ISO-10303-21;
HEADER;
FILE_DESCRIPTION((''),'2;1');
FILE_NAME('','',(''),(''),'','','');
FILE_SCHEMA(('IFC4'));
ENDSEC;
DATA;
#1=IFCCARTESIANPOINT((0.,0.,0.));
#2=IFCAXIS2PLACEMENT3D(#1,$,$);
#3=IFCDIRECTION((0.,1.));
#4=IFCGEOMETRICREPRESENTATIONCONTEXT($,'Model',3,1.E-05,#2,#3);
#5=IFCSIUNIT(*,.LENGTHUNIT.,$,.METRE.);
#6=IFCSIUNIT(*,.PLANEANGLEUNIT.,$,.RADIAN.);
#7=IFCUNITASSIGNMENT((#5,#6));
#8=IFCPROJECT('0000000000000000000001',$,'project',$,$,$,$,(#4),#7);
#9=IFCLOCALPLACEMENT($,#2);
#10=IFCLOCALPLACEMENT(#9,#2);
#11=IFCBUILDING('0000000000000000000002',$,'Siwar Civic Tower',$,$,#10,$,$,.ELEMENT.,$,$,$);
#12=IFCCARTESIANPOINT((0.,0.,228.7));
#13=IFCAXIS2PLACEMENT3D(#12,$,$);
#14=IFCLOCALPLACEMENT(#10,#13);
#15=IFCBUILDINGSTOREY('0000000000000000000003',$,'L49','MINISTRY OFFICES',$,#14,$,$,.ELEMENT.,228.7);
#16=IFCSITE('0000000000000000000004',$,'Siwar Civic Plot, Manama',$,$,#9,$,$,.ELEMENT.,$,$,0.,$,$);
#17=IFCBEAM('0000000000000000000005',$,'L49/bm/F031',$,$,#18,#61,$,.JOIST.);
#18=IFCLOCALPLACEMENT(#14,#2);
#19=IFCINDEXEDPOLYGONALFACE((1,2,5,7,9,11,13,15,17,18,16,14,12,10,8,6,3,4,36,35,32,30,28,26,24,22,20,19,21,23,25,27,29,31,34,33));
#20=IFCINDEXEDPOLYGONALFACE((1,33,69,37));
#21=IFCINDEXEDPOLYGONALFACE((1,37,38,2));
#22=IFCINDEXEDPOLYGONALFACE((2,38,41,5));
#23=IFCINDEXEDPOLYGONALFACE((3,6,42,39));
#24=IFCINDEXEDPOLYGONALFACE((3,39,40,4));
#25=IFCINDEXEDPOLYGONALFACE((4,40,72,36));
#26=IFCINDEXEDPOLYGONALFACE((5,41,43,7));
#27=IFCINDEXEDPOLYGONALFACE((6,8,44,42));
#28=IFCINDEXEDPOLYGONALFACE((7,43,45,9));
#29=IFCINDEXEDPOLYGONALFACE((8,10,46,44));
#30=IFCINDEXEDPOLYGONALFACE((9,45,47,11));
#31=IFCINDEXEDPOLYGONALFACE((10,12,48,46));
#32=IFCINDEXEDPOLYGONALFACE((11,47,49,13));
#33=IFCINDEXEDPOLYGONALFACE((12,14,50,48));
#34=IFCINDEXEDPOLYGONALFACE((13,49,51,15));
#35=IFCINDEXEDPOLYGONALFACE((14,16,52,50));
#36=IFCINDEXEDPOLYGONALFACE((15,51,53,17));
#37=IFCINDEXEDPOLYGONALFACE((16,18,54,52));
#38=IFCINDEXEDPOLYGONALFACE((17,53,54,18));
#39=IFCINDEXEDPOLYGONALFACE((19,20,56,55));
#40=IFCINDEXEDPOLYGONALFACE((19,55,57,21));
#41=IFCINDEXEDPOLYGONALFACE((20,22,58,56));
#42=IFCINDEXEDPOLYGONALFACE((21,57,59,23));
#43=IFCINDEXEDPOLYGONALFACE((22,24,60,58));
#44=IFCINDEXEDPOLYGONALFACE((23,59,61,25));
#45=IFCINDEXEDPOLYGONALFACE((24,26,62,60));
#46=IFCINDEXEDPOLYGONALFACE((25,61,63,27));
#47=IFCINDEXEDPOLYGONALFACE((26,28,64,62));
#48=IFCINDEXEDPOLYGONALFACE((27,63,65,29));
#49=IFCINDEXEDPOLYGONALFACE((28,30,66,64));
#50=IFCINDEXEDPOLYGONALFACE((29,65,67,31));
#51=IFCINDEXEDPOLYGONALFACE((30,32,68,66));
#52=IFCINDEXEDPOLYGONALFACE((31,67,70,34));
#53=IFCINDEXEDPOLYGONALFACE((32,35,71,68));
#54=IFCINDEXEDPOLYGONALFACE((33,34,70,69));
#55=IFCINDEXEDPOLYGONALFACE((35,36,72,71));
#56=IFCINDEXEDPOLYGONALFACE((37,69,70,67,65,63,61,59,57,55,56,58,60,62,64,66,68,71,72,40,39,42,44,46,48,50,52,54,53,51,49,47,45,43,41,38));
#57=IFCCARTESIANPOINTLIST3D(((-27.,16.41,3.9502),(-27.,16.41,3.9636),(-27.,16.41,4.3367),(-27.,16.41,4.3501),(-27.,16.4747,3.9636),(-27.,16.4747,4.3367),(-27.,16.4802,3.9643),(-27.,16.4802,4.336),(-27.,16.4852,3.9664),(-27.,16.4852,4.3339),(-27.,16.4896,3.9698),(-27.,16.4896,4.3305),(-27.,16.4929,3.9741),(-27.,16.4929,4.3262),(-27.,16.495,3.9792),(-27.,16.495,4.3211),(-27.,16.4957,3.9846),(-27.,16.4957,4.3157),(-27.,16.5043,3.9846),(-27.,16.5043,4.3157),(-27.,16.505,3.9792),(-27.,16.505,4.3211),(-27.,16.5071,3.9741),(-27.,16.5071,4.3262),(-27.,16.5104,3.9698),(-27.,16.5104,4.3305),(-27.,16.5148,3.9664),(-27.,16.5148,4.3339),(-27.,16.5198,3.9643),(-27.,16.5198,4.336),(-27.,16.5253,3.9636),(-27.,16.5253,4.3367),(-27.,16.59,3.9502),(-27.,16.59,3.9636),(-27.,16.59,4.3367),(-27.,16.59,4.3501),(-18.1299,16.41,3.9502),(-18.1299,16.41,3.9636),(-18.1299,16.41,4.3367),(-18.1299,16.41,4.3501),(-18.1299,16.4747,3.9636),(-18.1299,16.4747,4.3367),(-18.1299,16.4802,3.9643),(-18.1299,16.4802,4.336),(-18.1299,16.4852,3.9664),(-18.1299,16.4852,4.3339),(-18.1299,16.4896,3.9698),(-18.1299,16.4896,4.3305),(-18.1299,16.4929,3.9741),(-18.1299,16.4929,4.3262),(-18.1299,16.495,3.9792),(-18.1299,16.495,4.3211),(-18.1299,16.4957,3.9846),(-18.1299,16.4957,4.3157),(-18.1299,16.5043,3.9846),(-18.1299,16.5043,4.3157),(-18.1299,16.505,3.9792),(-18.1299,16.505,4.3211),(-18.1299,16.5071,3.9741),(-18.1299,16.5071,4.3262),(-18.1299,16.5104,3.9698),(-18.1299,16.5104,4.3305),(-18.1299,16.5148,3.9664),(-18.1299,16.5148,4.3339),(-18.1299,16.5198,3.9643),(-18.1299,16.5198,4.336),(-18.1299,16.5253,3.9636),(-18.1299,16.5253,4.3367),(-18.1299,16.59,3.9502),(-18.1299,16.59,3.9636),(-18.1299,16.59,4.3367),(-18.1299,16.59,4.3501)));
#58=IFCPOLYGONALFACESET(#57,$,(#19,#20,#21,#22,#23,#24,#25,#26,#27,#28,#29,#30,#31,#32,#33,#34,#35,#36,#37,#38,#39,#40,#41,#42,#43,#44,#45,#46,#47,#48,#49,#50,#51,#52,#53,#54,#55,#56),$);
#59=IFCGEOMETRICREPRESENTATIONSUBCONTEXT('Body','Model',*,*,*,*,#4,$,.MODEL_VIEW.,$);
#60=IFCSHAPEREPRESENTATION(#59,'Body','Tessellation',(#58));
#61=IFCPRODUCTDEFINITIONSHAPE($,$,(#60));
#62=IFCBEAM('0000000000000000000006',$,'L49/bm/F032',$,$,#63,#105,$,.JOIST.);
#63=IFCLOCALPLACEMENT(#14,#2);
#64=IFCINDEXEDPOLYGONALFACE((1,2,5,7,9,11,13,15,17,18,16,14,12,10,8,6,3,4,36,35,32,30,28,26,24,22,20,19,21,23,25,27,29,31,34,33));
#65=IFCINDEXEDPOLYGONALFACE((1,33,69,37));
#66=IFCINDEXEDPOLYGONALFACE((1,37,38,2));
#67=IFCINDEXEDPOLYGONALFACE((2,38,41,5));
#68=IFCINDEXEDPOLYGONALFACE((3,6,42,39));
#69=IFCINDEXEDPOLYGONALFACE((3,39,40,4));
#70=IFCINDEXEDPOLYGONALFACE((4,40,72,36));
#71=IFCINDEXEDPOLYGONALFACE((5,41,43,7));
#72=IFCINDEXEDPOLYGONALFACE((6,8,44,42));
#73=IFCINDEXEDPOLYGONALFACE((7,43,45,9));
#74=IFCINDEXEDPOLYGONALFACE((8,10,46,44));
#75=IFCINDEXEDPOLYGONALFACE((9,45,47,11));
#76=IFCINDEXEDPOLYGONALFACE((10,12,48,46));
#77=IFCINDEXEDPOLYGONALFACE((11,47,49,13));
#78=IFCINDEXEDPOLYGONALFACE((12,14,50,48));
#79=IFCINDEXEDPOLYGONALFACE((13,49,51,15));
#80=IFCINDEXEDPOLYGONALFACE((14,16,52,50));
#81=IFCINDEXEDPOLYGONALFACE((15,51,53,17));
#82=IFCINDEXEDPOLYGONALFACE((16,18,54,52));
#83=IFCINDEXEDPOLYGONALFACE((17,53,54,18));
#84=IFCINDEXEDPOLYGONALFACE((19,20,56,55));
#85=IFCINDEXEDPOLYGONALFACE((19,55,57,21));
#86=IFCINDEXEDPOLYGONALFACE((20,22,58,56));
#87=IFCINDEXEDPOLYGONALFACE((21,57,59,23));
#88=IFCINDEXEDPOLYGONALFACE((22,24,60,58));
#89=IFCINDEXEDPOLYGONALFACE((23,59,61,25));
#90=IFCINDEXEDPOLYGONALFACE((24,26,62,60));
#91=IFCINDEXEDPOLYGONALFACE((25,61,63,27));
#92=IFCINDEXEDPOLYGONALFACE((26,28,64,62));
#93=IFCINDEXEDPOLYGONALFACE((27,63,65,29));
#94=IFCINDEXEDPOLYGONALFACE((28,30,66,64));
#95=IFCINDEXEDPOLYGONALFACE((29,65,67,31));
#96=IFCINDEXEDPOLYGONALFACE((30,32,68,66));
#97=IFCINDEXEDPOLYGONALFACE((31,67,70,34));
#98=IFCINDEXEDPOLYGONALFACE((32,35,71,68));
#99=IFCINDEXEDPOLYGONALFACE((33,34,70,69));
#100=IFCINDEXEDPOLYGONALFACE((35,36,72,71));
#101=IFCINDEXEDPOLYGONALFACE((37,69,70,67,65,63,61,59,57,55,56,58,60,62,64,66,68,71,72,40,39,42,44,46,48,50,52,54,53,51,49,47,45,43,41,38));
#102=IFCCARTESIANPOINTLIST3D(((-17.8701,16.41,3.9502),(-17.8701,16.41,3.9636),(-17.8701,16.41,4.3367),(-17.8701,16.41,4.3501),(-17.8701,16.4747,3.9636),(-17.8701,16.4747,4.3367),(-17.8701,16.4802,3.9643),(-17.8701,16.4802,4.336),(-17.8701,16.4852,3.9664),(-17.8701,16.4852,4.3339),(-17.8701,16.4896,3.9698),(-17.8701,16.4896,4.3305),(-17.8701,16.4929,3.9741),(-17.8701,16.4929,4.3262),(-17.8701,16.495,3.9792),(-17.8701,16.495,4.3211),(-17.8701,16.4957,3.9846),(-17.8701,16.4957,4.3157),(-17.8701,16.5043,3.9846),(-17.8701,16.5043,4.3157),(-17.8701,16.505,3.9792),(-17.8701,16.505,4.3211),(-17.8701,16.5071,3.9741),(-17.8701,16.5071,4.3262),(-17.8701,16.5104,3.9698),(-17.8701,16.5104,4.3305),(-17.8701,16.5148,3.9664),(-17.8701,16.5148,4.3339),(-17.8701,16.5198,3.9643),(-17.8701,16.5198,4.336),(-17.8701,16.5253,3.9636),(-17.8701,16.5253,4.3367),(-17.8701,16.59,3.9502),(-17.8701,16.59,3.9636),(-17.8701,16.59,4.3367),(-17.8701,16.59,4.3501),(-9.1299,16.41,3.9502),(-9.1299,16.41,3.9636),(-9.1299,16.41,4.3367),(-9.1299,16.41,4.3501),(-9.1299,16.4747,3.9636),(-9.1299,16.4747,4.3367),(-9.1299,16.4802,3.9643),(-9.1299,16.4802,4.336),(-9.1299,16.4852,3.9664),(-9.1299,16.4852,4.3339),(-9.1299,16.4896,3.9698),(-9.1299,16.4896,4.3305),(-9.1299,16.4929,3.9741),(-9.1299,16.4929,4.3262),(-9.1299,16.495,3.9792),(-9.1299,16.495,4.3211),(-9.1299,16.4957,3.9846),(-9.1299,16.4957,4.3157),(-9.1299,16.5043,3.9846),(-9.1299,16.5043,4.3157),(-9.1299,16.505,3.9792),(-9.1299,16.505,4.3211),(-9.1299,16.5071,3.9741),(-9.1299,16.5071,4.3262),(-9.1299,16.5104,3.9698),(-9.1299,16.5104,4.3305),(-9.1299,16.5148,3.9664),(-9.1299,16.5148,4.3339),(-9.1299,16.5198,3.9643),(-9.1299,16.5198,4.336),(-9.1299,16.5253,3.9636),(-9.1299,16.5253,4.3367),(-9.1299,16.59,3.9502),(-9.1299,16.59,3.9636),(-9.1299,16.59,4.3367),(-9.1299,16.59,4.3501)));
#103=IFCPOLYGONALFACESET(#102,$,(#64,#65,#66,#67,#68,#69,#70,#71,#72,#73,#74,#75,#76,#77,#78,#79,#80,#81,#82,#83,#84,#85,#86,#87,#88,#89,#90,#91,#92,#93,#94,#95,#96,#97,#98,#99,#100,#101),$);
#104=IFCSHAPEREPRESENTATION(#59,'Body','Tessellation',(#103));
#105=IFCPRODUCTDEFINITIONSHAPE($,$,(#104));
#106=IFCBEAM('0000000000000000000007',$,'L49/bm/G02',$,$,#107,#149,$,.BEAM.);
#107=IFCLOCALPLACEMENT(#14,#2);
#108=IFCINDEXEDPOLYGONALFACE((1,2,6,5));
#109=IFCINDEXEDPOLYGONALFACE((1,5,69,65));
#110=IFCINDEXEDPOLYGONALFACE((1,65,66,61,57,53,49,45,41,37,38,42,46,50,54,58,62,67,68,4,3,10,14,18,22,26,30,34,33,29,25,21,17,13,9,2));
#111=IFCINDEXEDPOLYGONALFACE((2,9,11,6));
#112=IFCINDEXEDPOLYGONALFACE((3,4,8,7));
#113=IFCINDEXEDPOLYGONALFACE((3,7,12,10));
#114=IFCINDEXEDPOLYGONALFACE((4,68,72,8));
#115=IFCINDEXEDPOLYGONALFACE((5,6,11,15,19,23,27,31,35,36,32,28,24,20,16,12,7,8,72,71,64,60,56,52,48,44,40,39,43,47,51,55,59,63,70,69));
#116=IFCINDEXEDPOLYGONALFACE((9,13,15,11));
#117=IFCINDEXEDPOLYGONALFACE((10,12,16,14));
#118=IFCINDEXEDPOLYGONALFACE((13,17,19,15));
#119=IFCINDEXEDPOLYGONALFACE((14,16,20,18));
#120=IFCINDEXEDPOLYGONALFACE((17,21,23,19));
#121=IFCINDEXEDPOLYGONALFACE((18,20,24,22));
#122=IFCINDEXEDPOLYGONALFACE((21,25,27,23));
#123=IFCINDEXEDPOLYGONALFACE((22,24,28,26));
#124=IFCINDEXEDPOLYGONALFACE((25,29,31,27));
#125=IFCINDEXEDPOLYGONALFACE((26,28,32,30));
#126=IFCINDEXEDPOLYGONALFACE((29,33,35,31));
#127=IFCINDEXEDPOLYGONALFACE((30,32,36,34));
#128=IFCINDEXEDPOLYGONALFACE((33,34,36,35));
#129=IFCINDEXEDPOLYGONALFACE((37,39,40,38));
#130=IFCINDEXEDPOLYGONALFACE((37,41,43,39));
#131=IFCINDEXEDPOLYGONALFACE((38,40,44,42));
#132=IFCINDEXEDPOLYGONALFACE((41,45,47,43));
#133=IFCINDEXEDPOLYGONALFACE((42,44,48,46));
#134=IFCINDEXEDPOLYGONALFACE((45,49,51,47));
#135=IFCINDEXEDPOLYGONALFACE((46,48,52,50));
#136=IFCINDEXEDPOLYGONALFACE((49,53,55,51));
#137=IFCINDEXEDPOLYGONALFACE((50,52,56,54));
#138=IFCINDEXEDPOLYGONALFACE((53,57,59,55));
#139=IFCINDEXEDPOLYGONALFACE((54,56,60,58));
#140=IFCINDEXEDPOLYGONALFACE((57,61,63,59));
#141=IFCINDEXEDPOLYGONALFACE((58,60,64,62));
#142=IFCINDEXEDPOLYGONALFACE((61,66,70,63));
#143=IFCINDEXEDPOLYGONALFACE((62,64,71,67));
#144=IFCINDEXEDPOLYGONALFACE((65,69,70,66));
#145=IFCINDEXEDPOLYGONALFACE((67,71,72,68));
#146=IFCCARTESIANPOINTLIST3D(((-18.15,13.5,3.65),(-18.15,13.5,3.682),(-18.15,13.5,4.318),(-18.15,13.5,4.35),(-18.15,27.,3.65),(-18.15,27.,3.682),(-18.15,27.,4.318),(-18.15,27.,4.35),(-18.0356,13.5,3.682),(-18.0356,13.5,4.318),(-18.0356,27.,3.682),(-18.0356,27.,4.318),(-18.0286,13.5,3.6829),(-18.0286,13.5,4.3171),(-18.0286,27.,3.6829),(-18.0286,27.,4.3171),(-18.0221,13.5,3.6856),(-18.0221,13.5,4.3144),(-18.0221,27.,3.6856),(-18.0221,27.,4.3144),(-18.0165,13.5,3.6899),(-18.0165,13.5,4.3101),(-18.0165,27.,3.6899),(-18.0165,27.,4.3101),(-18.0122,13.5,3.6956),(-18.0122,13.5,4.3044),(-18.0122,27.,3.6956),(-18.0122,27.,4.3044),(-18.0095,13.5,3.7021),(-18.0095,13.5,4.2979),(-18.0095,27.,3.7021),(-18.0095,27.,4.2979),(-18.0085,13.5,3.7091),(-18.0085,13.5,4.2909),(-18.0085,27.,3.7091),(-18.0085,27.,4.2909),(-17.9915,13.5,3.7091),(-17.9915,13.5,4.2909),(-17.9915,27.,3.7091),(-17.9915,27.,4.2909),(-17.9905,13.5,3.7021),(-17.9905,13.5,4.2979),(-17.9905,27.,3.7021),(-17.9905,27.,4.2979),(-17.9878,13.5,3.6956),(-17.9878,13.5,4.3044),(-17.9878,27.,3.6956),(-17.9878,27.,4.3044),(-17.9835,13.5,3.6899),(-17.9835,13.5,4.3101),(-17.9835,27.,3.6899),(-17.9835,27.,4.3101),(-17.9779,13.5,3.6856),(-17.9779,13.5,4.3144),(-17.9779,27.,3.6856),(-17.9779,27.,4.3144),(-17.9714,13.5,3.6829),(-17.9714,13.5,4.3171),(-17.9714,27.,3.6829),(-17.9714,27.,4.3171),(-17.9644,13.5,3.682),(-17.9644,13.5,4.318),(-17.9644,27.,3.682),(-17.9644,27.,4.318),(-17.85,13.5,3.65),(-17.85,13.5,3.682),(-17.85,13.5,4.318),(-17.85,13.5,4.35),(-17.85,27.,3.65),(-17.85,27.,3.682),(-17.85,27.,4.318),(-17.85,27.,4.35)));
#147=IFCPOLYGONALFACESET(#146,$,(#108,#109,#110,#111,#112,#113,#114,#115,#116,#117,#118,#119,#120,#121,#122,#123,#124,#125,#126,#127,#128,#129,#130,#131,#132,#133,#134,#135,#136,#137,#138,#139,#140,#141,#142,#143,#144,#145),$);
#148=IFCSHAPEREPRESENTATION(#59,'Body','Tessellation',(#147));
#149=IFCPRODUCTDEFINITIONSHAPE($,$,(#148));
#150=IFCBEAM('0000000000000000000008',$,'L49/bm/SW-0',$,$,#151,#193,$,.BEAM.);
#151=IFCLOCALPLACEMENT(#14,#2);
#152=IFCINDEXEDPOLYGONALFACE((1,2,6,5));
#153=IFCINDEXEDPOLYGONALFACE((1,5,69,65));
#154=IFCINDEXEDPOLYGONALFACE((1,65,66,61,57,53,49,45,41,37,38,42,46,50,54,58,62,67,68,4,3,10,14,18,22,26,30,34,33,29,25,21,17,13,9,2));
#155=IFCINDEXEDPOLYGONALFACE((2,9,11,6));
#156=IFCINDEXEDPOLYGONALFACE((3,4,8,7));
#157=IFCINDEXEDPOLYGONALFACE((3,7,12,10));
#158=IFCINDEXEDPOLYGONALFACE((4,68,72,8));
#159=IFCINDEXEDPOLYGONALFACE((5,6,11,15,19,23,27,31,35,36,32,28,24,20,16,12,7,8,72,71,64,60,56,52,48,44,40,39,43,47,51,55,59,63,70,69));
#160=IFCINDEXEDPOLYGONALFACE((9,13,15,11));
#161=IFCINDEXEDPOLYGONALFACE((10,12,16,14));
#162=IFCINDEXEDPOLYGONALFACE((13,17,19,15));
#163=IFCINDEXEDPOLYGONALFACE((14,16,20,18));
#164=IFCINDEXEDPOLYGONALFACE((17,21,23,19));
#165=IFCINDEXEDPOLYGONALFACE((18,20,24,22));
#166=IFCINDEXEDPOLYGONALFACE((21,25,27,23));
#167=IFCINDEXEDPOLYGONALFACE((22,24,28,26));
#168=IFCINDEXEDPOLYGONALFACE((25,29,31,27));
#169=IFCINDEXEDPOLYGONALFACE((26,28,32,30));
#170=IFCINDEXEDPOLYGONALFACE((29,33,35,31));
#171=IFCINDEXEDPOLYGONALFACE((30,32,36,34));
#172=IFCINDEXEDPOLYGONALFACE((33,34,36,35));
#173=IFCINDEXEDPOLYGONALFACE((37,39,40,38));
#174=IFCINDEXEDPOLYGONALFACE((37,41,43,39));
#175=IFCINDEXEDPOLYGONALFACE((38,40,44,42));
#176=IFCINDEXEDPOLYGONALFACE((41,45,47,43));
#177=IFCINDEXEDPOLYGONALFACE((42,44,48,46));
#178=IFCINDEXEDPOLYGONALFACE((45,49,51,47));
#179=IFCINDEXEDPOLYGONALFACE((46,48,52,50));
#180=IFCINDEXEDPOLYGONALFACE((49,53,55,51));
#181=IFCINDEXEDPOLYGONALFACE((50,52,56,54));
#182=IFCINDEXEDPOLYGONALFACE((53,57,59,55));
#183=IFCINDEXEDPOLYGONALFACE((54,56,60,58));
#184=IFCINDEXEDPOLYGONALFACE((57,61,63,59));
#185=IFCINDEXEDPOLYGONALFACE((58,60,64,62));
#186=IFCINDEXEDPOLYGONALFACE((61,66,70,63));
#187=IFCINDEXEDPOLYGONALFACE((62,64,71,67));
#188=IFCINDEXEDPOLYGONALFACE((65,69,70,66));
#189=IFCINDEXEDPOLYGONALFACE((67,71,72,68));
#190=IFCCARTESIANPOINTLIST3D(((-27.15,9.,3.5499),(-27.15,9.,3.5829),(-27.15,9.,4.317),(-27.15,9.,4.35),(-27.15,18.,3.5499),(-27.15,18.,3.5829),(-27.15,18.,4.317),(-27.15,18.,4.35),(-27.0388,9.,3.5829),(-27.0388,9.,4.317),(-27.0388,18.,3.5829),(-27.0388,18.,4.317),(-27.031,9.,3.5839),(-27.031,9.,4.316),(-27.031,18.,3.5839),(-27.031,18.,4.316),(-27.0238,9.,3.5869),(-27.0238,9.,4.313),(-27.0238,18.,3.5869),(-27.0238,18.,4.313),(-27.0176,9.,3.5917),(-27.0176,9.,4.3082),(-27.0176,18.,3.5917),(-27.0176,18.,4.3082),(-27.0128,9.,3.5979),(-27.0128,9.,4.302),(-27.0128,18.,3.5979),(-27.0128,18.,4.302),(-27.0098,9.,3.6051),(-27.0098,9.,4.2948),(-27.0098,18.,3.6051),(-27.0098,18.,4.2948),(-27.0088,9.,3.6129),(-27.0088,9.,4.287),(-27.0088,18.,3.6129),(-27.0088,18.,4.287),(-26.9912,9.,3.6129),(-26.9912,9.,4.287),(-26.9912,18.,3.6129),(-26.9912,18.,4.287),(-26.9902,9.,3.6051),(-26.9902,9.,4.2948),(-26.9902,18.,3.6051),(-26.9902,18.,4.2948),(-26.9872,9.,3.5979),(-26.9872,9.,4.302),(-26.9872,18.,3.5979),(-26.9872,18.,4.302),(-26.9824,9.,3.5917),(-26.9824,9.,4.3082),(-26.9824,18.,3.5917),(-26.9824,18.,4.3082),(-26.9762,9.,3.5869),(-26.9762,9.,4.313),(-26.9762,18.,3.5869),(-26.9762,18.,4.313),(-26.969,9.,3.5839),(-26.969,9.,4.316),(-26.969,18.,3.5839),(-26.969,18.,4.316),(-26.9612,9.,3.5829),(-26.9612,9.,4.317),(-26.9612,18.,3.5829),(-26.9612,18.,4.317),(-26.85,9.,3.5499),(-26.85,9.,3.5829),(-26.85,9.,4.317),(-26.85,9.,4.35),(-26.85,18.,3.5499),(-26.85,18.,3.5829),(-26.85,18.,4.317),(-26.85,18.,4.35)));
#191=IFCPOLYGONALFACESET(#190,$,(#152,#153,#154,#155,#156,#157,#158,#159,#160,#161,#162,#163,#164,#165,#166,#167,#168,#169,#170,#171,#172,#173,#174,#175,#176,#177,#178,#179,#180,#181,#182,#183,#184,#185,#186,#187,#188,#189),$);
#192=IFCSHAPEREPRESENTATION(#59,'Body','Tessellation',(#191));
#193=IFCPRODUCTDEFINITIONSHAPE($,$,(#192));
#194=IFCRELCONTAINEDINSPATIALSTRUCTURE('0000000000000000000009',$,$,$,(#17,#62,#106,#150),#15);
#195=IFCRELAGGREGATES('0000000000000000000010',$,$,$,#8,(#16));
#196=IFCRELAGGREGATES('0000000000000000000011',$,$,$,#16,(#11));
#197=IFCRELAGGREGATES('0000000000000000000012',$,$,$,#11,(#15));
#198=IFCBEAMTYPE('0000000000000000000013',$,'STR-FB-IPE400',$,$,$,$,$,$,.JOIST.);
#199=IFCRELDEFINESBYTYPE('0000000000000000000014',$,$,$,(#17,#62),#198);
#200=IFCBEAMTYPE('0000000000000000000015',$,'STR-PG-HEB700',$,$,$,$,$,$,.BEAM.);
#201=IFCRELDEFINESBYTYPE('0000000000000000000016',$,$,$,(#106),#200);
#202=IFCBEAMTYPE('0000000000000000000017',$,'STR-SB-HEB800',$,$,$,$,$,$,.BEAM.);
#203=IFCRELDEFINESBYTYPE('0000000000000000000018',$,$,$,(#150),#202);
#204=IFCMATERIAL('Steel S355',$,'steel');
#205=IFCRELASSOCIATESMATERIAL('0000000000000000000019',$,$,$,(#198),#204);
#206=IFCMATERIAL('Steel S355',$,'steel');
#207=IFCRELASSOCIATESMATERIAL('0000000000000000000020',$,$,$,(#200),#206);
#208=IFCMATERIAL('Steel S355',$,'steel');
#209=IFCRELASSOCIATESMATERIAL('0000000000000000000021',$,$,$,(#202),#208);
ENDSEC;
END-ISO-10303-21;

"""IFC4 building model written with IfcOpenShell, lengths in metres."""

from ifc_helpers import new_model, si_unit, direction, frame, origin, origin_2d, place, context, subcontext, project, spatial, i_section, extrude, material, material_profile, profile_set, type_object, element, save


model = new_model("IFC4")

# Units and contexts
model_context = context("Model", 3, precision=1e-05, world=origin(), true_north=direction((0.0, 1.0)))
body_context = subcontext(model_context, "Body", "Model", "MODEL_VIEW")
ifc_project = project(units=[si_unit("LENGTHUNIT", "METRE"), si_unit("PLANEANGLEUNIT", "RADIAN")], contexts=[model_context])

# Site, building, storey
site_placement = place(None, origin())
site = spatial("IfcSite", under=ifc_project, at=site_placement, Name="Siwar Civic Plot, Manama", CompositionType="ELEMENT", RefElevation=0.0)
building_placement = place(site_placement, origin())
building = spatial("IfcBuilding", under=site, at=building_placement, Name="Siwar Civic Tower", CompositionType="ELEMENT")
storey_placement = place(building_placement, frame((0.0, 0.0, 228.7)))
storey = spatial("IfcBuildingStorey", under=building, at=storey_placement, Name="L49", Description="MINISTRY OFFICES", CompositionType="ELEMENT", Elevation=228.7)

# Beams
ifc_material_1 = material(Name="Steel S355", Category="steel")
ifc_material_profile_1 = material_profile(ifc_material_1, i_section(OverallWidth=0.1799, OverallDepth=0.3999, WebThickness=0.0085, FlangeThickness=0.0134, FilletRadius=0.021, at=origin_2d()), Name="IPE400")
ifc_profile_set_1 = profile_set([ifc_material_profile_1], Name="Steel S355")
beam_type_1 = type_object("IfcBeamType", Name="STR-FB-IPE400", PredefinedType="JOIST", material=ifc_profile_set_1)
beam_1_placement = place(storey_placement, frame((-27.0, 16.5, 4.1501), z_axis=(1.0, 0.0, 0.0), x_axis=(0.0, 1.0, 0.0)))
element("IfcBeam", 1, at=beam_1_placement, inside=storey, type_object=beam_type_1, Name="L49/bm/F031", PredefinedType="JOIST", context=body_context, shape_type="SweptSolid", body=[
    extrude(i_section(OverallWidth=0.1799, OverallDepth=0.3999, WebThickness=0.0085, FlangeThickness=0.0134, FilletRadius=0.021, at=origin_2d()), origin(), (0.0, 0.0, 1.0), 8.8701),
])
beam_2_placement = place(storey_placement, frame((-17.8701, 16.5, 4.1501), z_axis=(1.0, 0.0, 0.0), x_axis=(0.0, 1.0, 0.0)))
element("IfcBeam", 2, at=beam_2_placement, inside=storey, type_object=beam_type_1, Name="L49/bm/F032", PredefinedType="JOIST", context=body_context, shape_type="SweptSolid", body=[
    extrude(i_section(OverallWidth=0.1799, OverallDepth=0.3999, WebThickness=0.0085, FlangeThickness=0.0134, FilletRadius=0.021, at=origin_2d()), origin(), (0.0, 0.0, 1.0), 8.7402),
])
ifc_material_2 = material(Name="Steel S355", Category="steel")
ifc_material_profile_2 = material_profile(ifc_material_2, i_section(OverallWidth=0.3, OverallDepth=0.7, WebThickness=0.0171, FlangeThickness=0.032, FilletRadius=0.0271, at=origin_2d()), Name="HEB700")
ifc_profile_set_2 = profile_set([ifc_material_profile_2], Name="Steel S355")
beam_type_2 = type_object("IfcBeamType", Name="STR-PG-HEB700", PredefinedType="BEAM", material=ifc_profile_set_2)
beam_3_placement = place(storey_placement, frame((-18.0, 13.5, 4.0), z_axis=(0.0, 1.0, 0.0), x_axis=(-1.0, 0.0, 0.0)))
element("IfcBeam", 3, at=beam_3_placement, inside=storey, type_object=beam_type_2, Name="L49/bm/G02", PredefinedType="BEAM", context=body_context, shape_type="SweptSolid", body=[
    extrude(i_section(OverallWidth=0.3, OverallDepth=0.7, WebThickness=0.0171, FlangeThickness=0.032, FilletRadius=0.0271, at=origin_2d()), origin(), (0.0, 0.0, 1.0), 13.5),
])
ifc_material_3 = material(Name="Steel S355", Category="steel")
ifc_material_profile_3 = material_profile(ifc_material_3, i_section(OverallWidth=0.3, OverallDepth=0.8, WebThickness=0.0176, FlangeThickness=0.033, FilletRadius=0.03, at=origin_2d()), Name="HEB800")
ifc_profile_set_3 = profile_set([ifc_material_profile_3], Name="Steel S355")
beam_type_3 = type_object("IfcBeamType", Name="STR-SB-HEB800", PredefinedType="BEAM", material=ifc_profile_set_3)
for number, where, z_axis, x_axis, name in (
    (4, (-27.0, 18.0, 3.95), (0.0, -1.0, 0.0), (1.0, 0.0, 0.0), "L49/bm/SW-0"),
):
    element("IfcBeam", number, at=place(storey_placement, frame(where, z_axis=z_axis, x_axis=x_axis)), inside=storey, type_object=beam_type_3, Name=name, PredefinedType="BEAM", context=body_context, shape_type="SweptSolid", body=[
        extrude(i_section(OverallWidth=0.3, OverallDepth=0.8, WebThickness=0.0176, FlangeThickness=0.033, FilletRadius=0.03, at=origin_2d()), origin(), (0.0, 0.0, 1.0), 9.0),
    ])

save(model, "model.ifc")
